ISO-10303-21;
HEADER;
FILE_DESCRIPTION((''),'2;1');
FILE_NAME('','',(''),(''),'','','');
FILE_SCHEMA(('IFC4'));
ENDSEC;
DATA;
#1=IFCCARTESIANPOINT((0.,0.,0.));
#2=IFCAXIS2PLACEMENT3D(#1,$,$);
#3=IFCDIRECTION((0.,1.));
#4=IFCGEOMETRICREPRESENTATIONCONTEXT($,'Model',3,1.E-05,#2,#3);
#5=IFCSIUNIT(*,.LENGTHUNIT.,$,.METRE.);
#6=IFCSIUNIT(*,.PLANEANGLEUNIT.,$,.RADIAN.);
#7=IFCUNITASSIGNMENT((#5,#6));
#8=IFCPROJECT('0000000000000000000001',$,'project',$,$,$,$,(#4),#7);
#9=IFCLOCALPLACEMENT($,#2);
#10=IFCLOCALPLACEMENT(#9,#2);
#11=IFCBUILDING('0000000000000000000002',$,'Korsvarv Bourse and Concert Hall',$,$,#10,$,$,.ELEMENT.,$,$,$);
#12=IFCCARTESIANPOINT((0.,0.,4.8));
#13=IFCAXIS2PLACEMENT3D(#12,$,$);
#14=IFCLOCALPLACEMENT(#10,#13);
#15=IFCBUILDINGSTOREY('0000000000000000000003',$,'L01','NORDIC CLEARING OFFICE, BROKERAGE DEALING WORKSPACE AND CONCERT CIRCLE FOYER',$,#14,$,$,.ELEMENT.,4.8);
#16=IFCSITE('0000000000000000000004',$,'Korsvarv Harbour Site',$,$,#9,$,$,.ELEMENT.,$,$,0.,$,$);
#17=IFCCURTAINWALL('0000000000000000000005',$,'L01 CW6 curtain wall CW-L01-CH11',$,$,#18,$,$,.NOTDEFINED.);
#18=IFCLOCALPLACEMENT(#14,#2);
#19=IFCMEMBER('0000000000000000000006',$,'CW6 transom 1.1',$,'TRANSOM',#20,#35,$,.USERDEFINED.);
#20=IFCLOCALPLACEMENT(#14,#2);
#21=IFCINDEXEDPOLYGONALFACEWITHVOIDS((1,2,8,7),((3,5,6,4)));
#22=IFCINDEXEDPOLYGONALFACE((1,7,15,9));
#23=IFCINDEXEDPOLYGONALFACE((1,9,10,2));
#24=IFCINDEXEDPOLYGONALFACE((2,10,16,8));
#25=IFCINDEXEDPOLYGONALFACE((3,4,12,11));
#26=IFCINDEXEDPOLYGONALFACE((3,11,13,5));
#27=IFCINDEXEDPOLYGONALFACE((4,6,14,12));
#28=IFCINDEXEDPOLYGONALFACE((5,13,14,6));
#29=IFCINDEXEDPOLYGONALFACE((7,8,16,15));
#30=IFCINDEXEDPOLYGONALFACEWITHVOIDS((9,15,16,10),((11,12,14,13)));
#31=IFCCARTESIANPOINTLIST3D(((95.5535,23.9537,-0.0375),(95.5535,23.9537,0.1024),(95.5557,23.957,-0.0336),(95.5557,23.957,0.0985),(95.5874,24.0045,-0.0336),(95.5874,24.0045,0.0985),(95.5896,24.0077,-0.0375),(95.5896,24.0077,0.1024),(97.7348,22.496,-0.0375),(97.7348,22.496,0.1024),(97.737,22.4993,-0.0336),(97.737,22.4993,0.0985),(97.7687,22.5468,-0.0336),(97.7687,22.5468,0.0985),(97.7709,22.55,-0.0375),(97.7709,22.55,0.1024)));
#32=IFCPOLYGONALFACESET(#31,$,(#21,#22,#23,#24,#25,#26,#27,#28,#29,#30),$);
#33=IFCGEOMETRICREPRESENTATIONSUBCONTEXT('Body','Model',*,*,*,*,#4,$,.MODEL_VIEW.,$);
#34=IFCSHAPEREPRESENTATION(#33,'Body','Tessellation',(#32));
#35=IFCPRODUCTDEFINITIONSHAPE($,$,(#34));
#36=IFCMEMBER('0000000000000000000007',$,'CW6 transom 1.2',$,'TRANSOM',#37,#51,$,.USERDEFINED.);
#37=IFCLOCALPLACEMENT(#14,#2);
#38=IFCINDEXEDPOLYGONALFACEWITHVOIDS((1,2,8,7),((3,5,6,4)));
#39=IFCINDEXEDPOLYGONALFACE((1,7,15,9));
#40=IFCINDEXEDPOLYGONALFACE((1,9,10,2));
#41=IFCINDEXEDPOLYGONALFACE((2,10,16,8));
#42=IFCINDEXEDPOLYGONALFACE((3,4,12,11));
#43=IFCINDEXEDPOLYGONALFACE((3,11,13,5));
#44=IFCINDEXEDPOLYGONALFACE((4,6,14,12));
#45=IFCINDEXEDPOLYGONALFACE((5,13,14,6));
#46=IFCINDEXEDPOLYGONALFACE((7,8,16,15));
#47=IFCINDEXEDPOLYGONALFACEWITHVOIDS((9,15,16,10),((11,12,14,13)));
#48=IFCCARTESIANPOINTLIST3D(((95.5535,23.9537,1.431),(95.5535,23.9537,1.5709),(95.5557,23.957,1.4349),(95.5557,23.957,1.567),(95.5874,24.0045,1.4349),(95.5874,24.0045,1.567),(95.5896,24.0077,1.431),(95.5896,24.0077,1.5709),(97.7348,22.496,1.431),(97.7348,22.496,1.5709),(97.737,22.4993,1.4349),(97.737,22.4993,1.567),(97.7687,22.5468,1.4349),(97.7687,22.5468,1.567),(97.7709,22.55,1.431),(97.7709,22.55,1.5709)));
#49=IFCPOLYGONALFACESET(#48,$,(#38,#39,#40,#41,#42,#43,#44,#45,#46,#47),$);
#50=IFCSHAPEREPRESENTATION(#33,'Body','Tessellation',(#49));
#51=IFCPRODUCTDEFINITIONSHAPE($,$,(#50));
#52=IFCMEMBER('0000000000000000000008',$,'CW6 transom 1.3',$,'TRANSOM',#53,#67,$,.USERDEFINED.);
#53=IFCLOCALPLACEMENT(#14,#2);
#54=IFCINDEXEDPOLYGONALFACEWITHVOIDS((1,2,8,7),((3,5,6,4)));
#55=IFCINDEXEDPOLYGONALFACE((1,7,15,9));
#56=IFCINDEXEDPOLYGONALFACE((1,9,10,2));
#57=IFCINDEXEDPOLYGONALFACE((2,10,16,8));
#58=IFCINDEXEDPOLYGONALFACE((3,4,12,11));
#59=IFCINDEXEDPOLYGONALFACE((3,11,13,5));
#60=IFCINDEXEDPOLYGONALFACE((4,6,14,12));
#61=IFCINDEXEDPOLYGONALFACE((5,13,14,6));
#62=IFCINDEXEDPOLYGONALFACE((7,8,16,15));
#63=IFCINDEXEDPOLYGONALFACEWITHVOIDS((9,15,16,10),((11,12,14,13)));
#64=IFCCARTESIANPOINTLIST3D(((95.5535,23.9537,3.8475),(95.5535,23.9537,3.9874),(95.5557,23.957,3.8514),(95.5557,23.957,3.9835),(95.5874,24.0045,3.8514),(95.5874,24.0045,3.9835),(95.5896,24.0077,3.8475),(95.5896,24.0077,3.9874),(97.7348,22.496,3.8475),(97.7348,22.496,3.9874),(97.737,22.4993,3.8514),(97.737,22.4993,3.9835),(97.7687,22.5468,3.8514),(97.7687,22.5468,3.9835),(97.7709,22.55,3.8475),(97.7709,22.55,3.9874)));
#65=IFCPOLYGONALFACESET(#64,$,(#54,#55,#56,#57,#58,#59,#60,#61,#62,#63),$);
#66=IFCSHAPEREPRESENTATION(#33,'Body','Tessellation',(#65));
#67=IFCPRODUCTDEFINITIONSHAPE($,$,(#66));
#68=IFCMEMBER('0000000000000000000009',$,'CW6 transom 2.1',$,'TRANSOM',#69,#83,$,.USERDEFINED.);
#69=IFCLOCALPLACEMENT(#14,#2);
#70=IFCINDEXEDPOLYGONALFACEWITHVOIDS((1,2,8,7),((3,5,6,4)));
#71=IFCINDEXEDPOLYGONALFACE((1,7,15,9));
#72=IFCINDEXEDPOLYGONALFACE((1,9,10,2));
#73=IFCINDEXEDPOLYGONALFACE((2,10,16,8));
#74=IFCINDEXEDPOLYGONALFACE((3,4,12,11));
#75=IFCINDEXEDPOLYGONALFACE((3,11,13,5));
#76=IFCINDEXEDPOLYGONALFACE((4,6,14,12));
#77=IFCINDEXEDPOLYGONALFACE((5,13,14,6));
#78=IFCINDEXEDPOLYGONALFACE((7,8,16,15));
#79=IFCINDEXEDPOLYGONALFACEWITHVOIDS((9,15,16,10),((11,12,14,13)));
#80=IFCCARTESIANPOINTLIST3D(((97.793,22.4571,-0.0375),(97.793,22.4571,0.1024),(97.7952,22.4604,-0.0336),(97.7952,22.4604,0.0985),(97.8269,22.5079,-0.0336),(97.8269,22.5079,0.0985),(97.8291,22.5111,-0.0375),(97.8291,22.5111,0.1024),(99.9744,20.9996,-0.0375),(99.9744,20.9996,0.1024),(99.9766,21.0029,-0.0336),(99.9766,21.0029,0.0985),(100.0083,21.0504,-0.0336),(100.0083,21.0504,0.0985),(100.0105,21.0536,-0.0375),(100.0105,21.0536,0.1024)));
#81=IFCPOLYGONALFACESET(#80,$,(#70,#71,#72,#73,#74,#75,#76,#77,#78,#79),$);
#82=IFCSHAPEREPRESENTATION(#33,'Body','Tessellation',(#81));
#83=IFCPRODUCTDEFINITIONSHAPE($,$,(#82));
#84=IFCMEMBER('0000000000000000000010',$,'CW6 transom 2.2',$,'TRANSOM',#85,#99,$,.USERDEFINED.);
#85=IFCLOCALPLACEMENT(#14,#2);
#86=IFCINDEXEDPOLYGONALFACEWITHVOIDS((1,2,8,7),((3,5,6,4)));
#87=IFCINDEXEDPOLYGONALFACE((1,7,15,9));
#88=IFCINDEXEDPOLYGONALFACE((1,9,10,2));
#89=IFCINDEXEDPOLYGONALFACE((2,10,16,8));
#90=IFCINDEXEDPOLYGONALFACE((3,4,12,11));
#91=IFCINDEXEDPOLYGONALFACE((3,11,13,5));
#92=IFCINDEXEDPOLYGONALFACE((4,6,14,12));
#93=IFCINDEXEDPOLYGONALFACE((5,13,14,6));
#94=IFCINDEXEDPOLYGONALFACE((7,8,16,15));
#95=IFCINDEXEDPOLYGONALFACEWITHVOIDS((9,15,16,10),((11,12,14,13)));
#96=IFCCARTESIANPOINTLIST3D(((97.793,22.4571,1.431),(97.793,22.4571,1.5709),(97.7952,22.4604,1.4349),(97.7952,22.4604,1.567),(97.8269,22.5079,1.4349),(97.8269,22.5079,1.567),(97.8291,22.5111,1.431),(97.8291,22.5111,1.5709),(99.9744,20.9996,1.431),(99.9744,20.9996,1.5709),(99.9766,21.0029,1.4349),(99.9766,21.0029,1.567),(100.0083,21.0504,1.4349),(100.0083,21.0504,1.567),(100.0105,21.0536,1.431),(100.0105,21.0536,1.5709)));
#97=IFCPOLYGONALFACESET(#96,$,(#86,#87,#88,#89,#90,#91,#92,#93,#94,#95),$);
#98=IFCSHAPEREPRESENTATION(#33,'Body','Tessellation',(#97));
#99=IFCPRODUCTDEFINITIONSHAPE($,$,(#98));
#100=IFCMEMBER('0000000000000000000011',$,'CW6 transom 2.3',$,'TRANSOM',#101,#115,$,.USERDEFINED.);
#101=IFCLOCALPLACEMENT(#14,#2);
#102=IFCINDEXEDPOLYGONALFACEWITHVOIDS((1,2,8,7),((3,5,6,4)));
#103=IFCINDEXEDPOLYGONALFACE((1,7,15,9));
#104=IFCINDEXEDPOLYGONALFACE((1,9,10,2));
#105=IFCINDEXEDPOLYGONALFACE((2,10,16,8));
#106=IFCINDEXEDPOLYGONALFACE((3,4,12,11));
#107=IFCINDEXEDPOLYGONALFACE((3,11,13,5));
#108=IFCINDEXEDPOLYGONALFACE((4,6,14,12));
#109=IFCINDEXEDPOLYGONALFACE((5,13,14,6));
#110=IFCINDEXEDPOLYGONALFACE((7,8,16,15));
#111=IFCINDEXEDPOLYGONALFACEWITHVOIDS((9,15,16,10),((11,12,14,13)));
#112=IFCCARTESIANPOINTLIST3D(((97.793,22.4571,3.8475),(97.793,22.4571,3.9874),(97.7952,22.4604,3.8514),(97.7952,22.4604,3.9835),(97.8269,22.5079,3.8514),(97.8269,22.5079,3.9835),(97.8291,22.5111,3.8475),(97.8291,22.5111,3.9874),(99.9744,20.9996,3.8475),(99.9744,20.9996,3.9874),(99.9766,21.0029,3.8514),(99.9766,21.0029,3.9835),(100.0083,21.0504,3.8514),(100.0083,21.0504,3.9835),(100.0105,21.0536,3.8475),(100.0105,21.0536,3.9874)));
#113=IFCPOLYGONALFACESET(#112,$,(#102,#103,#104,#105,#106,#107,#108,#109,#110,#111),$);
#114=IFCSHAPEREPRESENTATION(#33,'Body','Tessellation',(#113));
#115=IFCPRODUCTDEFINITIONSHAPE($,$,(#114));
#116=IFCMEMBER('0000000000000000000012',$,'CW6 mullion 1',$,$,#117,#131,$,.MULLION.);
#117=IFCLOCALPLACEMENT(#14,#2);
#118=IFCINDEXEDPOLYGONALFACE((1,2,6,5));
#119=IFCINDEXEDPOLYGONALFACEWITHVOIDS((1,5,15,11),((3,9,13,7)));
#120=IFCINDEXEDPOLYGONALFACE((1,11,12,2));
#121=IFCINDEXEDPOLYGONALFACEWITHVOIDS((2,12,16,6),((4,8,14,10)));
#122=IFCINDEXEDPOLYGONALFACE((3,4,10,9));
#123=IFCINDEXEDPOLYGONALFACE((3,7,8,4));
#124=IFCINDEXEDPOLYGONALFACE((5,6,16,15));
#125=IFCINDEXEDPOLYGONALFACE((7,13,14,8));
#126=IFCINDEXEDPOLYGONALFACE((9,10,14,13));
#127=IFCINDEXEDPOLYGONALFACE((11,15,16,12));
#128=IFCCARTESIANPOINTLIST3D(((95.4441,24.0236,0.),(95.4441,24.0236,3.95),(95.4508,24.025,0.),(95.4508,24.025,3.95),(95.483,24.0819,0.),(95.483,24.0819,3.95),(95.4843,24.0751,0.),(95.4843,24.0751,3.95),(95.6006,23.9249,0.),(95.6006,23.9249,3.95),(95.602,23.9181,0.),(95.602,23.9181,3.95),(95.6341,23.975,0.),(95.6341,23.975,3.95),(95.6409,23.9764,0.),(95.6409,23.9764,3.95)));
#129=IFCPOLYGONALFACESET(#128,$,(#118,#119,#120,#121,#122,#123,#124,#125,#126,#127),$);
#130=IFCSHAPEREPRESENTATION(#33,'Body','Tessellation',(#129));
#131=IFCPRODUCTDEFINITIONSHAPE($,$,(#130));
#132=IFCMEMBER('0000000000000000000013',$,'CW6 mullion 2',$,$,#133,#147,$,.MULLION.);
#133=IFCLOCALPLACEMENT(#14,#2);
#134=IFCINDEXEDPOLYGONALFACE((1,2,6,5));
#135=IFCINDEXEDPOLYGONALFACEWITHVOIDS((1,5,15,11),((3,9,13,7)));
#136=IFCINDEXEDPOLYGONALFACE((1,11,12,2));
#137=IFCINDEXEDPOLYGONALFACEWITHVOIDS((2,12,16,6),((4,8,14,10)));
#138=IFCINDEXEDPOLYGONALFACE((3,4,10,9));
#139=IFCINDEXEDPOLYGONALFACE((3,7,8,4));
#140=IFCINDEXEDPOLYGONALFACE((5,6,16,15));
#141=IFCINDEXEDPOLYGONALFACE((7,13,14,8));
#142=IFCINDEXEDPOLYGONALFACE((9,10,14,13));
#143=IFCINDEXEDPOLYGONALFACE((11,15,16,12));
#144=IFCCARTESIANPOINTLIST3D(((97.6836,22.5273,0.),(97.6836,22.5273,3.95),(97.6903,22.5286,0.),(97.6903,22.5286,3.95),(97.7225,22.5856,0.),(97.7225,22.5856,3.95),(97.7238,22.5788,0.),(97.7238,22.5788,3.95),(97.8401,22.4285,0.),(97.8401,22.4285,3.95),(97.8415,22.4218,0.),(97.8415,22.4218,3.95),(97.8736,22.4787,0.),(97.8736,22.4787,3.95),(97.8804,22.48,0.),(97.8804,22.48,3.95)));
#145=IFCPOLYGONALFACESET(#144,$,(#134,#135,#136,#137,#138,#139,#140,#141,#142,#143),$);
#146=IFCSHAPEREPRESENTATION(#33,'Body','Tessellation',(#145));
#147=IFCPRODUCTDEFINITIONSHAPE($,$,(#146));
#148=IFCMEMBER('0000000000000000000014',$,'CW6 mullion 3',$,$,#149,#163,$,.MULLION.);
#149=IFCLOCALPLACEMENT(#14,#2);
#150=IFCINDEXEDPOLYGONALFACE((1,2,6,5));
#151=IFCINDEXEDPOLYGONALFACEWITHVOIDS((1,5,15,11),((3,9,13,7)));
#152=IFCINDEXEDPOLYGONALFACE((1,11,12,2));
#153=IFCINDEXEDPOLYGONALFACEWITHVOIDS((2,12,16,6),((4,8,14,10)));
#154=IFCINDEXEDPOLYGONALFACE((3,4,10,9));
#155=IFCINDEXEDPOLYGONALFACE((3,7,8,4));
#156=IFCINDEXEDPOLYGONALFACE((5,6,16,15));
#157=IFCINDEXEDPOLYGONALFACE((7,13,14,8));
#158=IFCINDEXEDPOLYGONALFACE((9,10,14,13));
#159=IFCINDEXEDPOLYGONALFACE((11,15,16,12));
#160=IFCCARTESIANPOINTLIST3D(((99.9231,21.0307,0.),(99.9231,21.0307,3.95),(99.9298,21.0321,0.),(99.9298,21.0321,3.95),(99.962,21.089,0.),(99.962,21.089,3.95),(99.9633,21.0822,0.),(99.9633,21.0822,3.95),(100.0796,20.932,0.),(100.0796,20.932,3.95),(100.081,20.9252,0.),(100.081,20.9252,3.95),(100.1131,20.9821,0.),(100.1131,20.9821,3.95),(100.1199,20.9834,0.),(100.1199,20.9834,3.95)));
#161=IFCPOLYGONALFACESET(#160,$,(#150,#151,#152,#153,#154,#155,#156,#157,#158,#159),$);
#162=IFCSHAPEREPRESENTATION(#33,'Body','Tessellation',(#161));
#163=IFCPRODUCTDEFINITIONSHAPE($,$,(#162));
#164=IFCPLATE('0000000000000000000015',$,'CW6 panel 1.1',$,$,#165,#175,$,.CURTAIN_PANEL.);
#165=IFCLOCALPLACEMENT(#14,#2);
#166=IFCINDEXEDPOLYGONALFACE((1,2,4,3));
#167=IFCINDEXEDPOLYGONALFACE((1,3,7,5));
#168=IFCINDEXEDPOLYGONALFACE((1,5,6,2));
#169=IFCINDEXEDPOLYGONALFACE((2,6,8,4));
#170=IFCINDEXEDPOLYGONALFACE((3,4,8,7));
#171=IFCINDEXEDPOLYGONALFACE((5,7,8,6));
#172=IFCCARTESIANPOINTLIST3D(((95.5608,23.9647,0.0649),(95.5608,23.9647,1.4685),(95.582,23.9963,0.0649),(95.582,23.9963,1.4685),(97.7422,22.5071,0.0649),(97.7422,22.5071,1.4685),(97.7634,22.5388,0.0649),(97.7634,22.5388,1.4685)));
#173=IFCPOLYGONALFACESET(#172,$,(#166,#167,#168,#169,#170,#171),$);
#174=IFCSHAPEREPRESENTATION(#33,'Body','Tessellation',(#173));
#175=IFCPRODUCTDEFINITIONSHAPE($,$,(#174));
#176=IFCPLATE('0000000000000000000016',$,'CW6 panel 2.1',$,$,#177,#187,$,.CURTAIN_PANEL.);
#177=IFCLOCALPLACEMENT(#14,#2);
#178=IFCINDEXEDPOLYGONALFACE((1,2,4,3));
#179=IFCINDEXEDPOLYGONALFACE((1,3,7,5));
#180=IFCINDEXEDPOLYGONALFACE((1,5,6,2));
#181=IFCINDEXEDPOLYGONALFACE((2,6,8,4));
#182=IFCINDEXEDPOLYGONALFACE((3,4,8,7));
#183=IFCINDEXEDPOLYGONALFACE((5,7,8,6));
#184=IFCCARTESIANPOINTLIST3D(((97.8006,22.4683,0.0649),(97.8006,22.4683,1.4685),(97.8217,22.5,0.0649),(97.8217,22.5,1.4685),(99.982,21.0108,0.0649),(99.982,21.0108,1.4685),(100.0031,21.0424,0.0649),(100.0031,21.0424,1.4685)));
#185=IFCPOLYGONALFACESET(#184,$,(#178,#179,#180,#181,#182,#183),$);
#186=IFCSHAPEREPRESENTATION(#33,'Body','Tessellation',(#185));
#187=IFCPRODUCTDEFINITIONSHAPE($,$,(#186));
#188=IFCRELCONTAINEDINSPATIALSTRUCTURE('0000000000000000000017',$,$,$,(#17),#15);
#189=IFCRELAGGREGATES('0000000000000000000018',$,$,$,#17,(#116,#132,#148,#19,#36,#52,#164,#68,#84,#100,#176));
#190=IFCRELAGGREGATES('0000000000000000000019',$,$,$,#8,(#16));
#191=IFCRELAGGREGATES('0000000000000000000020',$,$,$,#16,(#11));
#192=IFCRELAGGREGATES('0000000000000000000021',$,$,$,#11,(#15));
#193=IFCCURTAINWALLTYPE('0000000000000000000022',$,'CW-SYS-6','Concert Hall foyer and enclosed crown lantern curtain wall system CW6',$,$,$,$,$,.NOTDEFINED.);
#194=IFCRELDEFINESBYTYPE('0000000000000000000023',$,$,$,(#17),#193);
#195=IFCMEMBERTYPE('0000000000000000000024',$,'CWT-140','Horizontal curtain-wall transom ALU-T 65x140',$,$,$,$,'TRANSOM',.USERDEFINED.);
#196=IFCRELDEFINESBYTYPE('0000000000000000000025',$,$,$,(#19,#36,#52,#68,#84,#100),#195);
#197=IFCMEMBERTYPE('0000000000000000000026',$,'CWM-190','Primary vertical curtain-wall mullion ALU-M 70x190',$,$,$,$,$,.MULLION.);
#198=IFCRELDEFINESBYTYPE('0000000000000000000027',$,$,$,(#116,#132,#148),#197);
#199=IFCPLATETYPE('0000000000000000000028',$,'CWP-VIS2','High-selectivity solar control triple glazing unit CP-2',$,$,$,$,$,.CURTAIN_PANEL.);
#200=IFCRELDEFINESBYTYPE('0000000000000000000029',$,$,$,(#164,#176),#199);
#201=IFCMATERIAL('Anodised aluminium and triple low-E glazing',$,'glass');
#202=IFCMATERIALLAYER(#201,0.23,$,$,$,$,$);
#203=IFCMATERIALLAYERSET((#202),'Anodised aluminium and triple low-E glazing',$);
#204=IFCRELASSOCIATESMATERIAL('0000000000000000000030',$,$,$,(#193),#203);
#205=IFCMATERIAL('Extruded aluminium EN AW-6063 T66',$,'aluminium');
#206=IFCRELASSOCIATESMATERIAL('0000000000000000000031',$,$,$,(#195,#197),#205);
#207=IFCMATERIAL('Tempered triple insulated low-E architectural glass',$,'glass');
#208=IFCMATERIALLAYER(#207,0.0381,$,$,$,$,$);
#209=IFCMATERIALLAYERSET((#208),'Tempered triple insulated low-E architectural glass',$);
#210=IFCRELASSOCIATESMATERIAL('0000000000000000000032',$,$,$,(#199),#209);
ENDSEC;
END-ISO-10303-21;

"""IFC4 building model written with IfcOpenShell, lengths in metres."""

from ifc_helpers import new_model, si_unit, direction, frame, origin, origin_2d, place, context, subcontext, project, spatial, rectangle, hollow_rectangle, extrude, source, transform, mapped, material, layer, layer_set, material_profile, profile_set, type_object, element, aggregate, save


model = new_model("IFC4")

# Units and contexts
model_context = context("Model", 3, precision=1e-05, world=origin(), true_north=direction((0.0, 1.0)))
body_context = subcontext(model_context, "Body", "Model", "MODEL_VIEW")
ifc_project = project(units=[si_unit("LENGTHUNIT", "METRE"), si_unit("PLANEANGLEUNIT", "RADIAN")], contexts=[model_context])

# Site, building, storey
site_placement = place(None, origin())
site = spatial("IfcSite", under=ifc_project, at=site_placement, Name="Korsvarv Harbour Site", CompositionType="ELEMENT", RefElevation=0.0)
building_placement = place(site_placement, origin())
building = spatial("IfcBuilding", under=site, at=building_placement, Name="Korsvarv Bourse and Concert Hall", CompositionType="ELEMENT")
storey_placement = place(building_placement, frame((0.0, 0.0, 4.8)))
storey = spatial("IfcBuildingStorey", under=building, at=storey_placement, Name="L01", Description="NORDIC CLEARING OFFICE, BROKERAGE DEALING WORKSPACE AND CONCERT CIRCLE FOYER", CompositionType="ELEMENT", Elevation=4.8)

# Curtain wall, members, plates
ifc_material_1 = material(Name="Anodised aluminium and triple low-E glazing", Category="glass")
ifc_layer_1 = layer(ifc_material_1, 0.23)
ifc_layer_set_1 = layer_set([ifc_layer_1], Name="Anodised aluminium and triple low-E glazing")
curtain_wall_type = type_object("IfcCurtainWallType", Name="CW-SYS-6", Description="Concert Hall foyer and enclosed crown lantern curtain wall system CW6", PredefinedType="NOTDEFINED", material=ifc_layer_set_1)
curtain_wall_placement = place(storey_placement, origin())
curtain_wall = element("IfcCurtainWall", 1, at=curtain_wall_placement, inside=storey, type_object=curtain_wall_type, Name="L01 CW6 curtain wall CW-L01-CH11", PredefinedType="NOTDEFINED")
ifc_material_2 = material(Name="Extruded aluminium EN AW-6063 T66", Category="aluminium")
ifc_material_profile_1 = material_profile(ifc_material_2, hollow_rectangle(XDim=0.0649, YDim=0.1399, WallThickness=0.0039, at=origin_2d()), Name="ALU-T 65x140")
ifc_profile_set_1 = profile_set([ifc_material_profile_1], Name="Extruded aluminium EN AW-6063 T66")
member_type_1 = type_object("IfcMemberType", Name="CWT-140", Description="Horizontal curtain-wall transom ALU-T 65x140", ElementType="TRANSOM", PredefinedType="USERDEFINED", material=ifc_profile_set_1)
shared_shape_1 = source(origin(), body_context, "Body", "SweptSolid", [
    extrude(hollow_rectangle(XDim=0.0649, YDim=0.1399, WallThickness=0.0039, at=origin_2d()), origin(), (0.0, 0.0, 1.0), 2.6235),
])
member_1_placement = place(storey_placement, frame((95.5715, 23.9807, 0.0325), z_axis=(0.831434, -0.555623, 0.0), x_axis=(0.555623, 0.831434, 0.0)))
member_1 = element("IfcMember", 2, at=member_1_placement, type_object=member_type_1, Name="CW6 transom 1.1", ObjectType="TRANSOM", PredefinedType="USERDEFINED", context=body_context, shape_type="MappedRepresentation", body=[
    mapped(shared_shape_1, transform((0.0, 0.0, 0.0), scale=1.0)),
])
member_2_placement = place(storey_placement, frame((95.5715, 23.9807, 1.501), z_axis=(0.831434, -0.555623, 0.0), x_axis=(0.555623, 0.831434, 0.0)))
member_2 = element("IfcMember", 3, at=member_2_placement, type_object=member_type_1, Name="CW6 transom 1.2", ObjectType="TRANSOM", PredefinedType="USERDEFINED", context=body_context, shape_type="MappedRepresentation", body=[
    mapped(shared_shape_1, transform((0.0, 0.0, 0.0), scale=1.0)),
])
member_3_placement = place(storey_placement, frame((95.5715, 23.9807, 3.9175), z_axis=(0.831434, -0.555623, 0.0), x_axis=(0.555623, 0.831434, 0.0)))
member_3 = element("IfcMember", 4, at=member_3_placement, type_object=member_type_1, Name="CW6 transom 1.3", ObjectType="TRANSOM", PredefinedType="USERDEFINED", context=body_context, shape_type="MappedRepresentation", body=[
    mapped(shared_shape_1, transform((0.0, 0.0, 0.0), scale=1.0)),
])
member_4_placement = place(storey_placement, frame((97.811, 22.4841, 0.0325), z_axis=(0.831477, -0.555559, 0.0), x_axis=(0.555559, 0.831477, 0.0)))
member_4 = element("IfcMember", 5, at=member_4_placement, type_object=member_type_1, Name="CW6 transom 2.1", ObjectType="TRANSOM", PredefinedType="USERDEFINED", context=body_context, shape_type="MappedRepresentation", body=[
    mapped(shared_shape_1, transform((0.0, 0.0, 0.0), scale=1.0)),
])
member_5_placement = place(storey_placement, frame((97.811, 22.4841, 1.501), z_axis=(0.831477, -0.555559, 0.0), x_axis=(0.555559, 0.831477, 0.0)))
member_5 = element("IfcMember", 6, at=member_5_placement, type_object=member_type_1, Name="CW6 transom 2.2", ObjectType="TRANSOM", PredefinedType="USERDEFINED", context=body_context, shape_type="MappedRepresentation", body=[
    mapped(shared_shape_1, transform((0.0, 0.0, 0.0), scale=1.0)),
])
member_6_placement = place(storey_placement, frame((97.811, 22.4841, 3.9175), z_axis=(0.831477, -0.555559, 0.0), x_axis=(0.555559, 0.831477, 0.0)))
member_6 = element("IfcMember", 7, at=member_6_placement, type_object=member_type_1, Name="CW6 transom 2.3", ObjectType="TRANSOM", PredefinedType="USERDEFINED", context=body_context, shape_type="MappedRepresentation", body=[
    mapped(shared_shape_1, transform((0.0, 0.0, 0.0), scale=1.0)),
])
ifc_material_profile_2 = material_profile(ifc_material_2, hollow_rectangle(XDim=0.0701, YDim=0.1899, WallThickness=0.0049, at=origin_2d()), Name="ALU-M 70x190")
ifc_profile_set_2 = profile_set([ifc_material_profile_2], Name="Extruded aluminium EN AW-6063 T66")
member_type_2 = type_object("IfcMemberType", Name="CWM-190", Description="Primary vertical curtain-wall mullion ALU-M 70x190", PredefinedType="MULLION", material=ifc_profile_set_2)
shared_shape_2 = source(origin(), body_context, "Body", "SweptSolid", [
    extrude(hollow_rectangle(XDim=0.0701, YDim=0.1899, WallThickness=0.0049, at=origin_2d()), origin(), (0.0, 0.0, 1.0), 3.95),
])
member_7_placement = place(storey_placement, frame((95.5425, 24.0, 0.0), z_axis=(0.0, 0.0, 1.0), x_axis=(0.555571, 0.831469, 0.0)))
member_7 = element("IfcMember", 8, at=member_7_placement, type_object=member_type_2, Name="CW6 mullion 1", PredefinedType="MULLION", context=body_context, shape_type="MappedRepresentation", body=[
    mapped(shared_shape_2, transform((0.0, 0.0, 0.0), scale=1.0)),
])
member_8_placement = place(storey_placement, frame((97.782, 22.5037, 0.0), z_axis=(0.0, 0.0, 1.0), x_axis=(0.555571, 0.831469, 0.0)))
member_8 = element("IfcMember", 9, at=member_8_placement, type_object=member_type_2, Name="CW6 mullion 2", PredefinedType="MULLION", context=body_context, shape_type="MappedRepresentation", body=[
    mapped(shared_shape_2, transform((0.0, 0.0, 0.0), scale=1.0)),
])
member_9_placement = place(storey_placement, frame((100.0215, 21.0071, 0.0), z_axis=(0.0, 0.0, 1.0), x_axis=(0.555571, 0.831469, 0.0)))
member_9 = element("IfcMember", 10, at=member_9_placement, type_object=member_type_2, Name="CW6 mullion 3", PredefinedType="MULLION", context=body_context, shape_type="MappedRepresentation", body=[
    mapped(shared_shape_2, transform((0.0, 0.0, 0.0), scale=1.0)),
])
ifc_material_3 = material(Name="Tempered triple insulated low-E architectural glass", Category="glass")
ifc_layer_2 = layer(ifc_material_3, 0.0381)
ifc_layer_set_2 = layer_set([ifc_layer_2], Name="Tempered triple insulated low-E architectural glass")
plate_type = type_object("IfcPlateType", Name="CWP-VIS2", Description="High-selectivity solar control triple glazing unit CP-2", PredefinedType="CURTAIN_PANEL", material=ifc_layer_set_2)
shared_shape_3 = source(origin(), body_context, "Body", "SweptSolid", [
    extrude(rectangle(XDim=2.6235, YDim=0.0381, at=origin_2d()), origin(), (0.0, 0.0, 1.0), 1.4036),
])
plate_1_placement = place(storey_placement, frame((96.6621, 23.2517, 0.0649), z_axis=(0.0, 0.0, 1.0), x_axis=(0.831469, -0.555571, 0.0)))
plate_1 = element("IfcPlate", 11, at=plate_1_placement, type_object=plate_type, Name="CW6 panel 1.1", PredefinedType="CURTAIN_PANEL", context=body_context, shape_type="MappedRepresentation", body=[
    mapped(shared_shape_3, transform((0.0, 0.0, 0.0), scale=1.0)),
])
plate_2_placement = place(storey_placement, frame((98.9019, 21.7554, 0.0649), z_axis=(0.0, 0.0, 1.0), x_axis=(0.831469, -0.555571, 0.0)))
plate_2 = element("IfcPlate", 12, at=plate_2_placement, type_object=plate_type, Name="CW6 panel 2.1", PredefinedType="CURTAIN_PANEL", context=body_context, shape_type="MappedRepresentation", body=[
    mapped(shared_shape_3, transform((0.0, 0.0, 0.0), scale=1.0)),
])
aggregate(curtain_wall, [member_7, member_8, member_9, member_1, member_2, member_3, plate_1, member_4, member_5, member_6, plate_2])

save(model, "model.ifc")
